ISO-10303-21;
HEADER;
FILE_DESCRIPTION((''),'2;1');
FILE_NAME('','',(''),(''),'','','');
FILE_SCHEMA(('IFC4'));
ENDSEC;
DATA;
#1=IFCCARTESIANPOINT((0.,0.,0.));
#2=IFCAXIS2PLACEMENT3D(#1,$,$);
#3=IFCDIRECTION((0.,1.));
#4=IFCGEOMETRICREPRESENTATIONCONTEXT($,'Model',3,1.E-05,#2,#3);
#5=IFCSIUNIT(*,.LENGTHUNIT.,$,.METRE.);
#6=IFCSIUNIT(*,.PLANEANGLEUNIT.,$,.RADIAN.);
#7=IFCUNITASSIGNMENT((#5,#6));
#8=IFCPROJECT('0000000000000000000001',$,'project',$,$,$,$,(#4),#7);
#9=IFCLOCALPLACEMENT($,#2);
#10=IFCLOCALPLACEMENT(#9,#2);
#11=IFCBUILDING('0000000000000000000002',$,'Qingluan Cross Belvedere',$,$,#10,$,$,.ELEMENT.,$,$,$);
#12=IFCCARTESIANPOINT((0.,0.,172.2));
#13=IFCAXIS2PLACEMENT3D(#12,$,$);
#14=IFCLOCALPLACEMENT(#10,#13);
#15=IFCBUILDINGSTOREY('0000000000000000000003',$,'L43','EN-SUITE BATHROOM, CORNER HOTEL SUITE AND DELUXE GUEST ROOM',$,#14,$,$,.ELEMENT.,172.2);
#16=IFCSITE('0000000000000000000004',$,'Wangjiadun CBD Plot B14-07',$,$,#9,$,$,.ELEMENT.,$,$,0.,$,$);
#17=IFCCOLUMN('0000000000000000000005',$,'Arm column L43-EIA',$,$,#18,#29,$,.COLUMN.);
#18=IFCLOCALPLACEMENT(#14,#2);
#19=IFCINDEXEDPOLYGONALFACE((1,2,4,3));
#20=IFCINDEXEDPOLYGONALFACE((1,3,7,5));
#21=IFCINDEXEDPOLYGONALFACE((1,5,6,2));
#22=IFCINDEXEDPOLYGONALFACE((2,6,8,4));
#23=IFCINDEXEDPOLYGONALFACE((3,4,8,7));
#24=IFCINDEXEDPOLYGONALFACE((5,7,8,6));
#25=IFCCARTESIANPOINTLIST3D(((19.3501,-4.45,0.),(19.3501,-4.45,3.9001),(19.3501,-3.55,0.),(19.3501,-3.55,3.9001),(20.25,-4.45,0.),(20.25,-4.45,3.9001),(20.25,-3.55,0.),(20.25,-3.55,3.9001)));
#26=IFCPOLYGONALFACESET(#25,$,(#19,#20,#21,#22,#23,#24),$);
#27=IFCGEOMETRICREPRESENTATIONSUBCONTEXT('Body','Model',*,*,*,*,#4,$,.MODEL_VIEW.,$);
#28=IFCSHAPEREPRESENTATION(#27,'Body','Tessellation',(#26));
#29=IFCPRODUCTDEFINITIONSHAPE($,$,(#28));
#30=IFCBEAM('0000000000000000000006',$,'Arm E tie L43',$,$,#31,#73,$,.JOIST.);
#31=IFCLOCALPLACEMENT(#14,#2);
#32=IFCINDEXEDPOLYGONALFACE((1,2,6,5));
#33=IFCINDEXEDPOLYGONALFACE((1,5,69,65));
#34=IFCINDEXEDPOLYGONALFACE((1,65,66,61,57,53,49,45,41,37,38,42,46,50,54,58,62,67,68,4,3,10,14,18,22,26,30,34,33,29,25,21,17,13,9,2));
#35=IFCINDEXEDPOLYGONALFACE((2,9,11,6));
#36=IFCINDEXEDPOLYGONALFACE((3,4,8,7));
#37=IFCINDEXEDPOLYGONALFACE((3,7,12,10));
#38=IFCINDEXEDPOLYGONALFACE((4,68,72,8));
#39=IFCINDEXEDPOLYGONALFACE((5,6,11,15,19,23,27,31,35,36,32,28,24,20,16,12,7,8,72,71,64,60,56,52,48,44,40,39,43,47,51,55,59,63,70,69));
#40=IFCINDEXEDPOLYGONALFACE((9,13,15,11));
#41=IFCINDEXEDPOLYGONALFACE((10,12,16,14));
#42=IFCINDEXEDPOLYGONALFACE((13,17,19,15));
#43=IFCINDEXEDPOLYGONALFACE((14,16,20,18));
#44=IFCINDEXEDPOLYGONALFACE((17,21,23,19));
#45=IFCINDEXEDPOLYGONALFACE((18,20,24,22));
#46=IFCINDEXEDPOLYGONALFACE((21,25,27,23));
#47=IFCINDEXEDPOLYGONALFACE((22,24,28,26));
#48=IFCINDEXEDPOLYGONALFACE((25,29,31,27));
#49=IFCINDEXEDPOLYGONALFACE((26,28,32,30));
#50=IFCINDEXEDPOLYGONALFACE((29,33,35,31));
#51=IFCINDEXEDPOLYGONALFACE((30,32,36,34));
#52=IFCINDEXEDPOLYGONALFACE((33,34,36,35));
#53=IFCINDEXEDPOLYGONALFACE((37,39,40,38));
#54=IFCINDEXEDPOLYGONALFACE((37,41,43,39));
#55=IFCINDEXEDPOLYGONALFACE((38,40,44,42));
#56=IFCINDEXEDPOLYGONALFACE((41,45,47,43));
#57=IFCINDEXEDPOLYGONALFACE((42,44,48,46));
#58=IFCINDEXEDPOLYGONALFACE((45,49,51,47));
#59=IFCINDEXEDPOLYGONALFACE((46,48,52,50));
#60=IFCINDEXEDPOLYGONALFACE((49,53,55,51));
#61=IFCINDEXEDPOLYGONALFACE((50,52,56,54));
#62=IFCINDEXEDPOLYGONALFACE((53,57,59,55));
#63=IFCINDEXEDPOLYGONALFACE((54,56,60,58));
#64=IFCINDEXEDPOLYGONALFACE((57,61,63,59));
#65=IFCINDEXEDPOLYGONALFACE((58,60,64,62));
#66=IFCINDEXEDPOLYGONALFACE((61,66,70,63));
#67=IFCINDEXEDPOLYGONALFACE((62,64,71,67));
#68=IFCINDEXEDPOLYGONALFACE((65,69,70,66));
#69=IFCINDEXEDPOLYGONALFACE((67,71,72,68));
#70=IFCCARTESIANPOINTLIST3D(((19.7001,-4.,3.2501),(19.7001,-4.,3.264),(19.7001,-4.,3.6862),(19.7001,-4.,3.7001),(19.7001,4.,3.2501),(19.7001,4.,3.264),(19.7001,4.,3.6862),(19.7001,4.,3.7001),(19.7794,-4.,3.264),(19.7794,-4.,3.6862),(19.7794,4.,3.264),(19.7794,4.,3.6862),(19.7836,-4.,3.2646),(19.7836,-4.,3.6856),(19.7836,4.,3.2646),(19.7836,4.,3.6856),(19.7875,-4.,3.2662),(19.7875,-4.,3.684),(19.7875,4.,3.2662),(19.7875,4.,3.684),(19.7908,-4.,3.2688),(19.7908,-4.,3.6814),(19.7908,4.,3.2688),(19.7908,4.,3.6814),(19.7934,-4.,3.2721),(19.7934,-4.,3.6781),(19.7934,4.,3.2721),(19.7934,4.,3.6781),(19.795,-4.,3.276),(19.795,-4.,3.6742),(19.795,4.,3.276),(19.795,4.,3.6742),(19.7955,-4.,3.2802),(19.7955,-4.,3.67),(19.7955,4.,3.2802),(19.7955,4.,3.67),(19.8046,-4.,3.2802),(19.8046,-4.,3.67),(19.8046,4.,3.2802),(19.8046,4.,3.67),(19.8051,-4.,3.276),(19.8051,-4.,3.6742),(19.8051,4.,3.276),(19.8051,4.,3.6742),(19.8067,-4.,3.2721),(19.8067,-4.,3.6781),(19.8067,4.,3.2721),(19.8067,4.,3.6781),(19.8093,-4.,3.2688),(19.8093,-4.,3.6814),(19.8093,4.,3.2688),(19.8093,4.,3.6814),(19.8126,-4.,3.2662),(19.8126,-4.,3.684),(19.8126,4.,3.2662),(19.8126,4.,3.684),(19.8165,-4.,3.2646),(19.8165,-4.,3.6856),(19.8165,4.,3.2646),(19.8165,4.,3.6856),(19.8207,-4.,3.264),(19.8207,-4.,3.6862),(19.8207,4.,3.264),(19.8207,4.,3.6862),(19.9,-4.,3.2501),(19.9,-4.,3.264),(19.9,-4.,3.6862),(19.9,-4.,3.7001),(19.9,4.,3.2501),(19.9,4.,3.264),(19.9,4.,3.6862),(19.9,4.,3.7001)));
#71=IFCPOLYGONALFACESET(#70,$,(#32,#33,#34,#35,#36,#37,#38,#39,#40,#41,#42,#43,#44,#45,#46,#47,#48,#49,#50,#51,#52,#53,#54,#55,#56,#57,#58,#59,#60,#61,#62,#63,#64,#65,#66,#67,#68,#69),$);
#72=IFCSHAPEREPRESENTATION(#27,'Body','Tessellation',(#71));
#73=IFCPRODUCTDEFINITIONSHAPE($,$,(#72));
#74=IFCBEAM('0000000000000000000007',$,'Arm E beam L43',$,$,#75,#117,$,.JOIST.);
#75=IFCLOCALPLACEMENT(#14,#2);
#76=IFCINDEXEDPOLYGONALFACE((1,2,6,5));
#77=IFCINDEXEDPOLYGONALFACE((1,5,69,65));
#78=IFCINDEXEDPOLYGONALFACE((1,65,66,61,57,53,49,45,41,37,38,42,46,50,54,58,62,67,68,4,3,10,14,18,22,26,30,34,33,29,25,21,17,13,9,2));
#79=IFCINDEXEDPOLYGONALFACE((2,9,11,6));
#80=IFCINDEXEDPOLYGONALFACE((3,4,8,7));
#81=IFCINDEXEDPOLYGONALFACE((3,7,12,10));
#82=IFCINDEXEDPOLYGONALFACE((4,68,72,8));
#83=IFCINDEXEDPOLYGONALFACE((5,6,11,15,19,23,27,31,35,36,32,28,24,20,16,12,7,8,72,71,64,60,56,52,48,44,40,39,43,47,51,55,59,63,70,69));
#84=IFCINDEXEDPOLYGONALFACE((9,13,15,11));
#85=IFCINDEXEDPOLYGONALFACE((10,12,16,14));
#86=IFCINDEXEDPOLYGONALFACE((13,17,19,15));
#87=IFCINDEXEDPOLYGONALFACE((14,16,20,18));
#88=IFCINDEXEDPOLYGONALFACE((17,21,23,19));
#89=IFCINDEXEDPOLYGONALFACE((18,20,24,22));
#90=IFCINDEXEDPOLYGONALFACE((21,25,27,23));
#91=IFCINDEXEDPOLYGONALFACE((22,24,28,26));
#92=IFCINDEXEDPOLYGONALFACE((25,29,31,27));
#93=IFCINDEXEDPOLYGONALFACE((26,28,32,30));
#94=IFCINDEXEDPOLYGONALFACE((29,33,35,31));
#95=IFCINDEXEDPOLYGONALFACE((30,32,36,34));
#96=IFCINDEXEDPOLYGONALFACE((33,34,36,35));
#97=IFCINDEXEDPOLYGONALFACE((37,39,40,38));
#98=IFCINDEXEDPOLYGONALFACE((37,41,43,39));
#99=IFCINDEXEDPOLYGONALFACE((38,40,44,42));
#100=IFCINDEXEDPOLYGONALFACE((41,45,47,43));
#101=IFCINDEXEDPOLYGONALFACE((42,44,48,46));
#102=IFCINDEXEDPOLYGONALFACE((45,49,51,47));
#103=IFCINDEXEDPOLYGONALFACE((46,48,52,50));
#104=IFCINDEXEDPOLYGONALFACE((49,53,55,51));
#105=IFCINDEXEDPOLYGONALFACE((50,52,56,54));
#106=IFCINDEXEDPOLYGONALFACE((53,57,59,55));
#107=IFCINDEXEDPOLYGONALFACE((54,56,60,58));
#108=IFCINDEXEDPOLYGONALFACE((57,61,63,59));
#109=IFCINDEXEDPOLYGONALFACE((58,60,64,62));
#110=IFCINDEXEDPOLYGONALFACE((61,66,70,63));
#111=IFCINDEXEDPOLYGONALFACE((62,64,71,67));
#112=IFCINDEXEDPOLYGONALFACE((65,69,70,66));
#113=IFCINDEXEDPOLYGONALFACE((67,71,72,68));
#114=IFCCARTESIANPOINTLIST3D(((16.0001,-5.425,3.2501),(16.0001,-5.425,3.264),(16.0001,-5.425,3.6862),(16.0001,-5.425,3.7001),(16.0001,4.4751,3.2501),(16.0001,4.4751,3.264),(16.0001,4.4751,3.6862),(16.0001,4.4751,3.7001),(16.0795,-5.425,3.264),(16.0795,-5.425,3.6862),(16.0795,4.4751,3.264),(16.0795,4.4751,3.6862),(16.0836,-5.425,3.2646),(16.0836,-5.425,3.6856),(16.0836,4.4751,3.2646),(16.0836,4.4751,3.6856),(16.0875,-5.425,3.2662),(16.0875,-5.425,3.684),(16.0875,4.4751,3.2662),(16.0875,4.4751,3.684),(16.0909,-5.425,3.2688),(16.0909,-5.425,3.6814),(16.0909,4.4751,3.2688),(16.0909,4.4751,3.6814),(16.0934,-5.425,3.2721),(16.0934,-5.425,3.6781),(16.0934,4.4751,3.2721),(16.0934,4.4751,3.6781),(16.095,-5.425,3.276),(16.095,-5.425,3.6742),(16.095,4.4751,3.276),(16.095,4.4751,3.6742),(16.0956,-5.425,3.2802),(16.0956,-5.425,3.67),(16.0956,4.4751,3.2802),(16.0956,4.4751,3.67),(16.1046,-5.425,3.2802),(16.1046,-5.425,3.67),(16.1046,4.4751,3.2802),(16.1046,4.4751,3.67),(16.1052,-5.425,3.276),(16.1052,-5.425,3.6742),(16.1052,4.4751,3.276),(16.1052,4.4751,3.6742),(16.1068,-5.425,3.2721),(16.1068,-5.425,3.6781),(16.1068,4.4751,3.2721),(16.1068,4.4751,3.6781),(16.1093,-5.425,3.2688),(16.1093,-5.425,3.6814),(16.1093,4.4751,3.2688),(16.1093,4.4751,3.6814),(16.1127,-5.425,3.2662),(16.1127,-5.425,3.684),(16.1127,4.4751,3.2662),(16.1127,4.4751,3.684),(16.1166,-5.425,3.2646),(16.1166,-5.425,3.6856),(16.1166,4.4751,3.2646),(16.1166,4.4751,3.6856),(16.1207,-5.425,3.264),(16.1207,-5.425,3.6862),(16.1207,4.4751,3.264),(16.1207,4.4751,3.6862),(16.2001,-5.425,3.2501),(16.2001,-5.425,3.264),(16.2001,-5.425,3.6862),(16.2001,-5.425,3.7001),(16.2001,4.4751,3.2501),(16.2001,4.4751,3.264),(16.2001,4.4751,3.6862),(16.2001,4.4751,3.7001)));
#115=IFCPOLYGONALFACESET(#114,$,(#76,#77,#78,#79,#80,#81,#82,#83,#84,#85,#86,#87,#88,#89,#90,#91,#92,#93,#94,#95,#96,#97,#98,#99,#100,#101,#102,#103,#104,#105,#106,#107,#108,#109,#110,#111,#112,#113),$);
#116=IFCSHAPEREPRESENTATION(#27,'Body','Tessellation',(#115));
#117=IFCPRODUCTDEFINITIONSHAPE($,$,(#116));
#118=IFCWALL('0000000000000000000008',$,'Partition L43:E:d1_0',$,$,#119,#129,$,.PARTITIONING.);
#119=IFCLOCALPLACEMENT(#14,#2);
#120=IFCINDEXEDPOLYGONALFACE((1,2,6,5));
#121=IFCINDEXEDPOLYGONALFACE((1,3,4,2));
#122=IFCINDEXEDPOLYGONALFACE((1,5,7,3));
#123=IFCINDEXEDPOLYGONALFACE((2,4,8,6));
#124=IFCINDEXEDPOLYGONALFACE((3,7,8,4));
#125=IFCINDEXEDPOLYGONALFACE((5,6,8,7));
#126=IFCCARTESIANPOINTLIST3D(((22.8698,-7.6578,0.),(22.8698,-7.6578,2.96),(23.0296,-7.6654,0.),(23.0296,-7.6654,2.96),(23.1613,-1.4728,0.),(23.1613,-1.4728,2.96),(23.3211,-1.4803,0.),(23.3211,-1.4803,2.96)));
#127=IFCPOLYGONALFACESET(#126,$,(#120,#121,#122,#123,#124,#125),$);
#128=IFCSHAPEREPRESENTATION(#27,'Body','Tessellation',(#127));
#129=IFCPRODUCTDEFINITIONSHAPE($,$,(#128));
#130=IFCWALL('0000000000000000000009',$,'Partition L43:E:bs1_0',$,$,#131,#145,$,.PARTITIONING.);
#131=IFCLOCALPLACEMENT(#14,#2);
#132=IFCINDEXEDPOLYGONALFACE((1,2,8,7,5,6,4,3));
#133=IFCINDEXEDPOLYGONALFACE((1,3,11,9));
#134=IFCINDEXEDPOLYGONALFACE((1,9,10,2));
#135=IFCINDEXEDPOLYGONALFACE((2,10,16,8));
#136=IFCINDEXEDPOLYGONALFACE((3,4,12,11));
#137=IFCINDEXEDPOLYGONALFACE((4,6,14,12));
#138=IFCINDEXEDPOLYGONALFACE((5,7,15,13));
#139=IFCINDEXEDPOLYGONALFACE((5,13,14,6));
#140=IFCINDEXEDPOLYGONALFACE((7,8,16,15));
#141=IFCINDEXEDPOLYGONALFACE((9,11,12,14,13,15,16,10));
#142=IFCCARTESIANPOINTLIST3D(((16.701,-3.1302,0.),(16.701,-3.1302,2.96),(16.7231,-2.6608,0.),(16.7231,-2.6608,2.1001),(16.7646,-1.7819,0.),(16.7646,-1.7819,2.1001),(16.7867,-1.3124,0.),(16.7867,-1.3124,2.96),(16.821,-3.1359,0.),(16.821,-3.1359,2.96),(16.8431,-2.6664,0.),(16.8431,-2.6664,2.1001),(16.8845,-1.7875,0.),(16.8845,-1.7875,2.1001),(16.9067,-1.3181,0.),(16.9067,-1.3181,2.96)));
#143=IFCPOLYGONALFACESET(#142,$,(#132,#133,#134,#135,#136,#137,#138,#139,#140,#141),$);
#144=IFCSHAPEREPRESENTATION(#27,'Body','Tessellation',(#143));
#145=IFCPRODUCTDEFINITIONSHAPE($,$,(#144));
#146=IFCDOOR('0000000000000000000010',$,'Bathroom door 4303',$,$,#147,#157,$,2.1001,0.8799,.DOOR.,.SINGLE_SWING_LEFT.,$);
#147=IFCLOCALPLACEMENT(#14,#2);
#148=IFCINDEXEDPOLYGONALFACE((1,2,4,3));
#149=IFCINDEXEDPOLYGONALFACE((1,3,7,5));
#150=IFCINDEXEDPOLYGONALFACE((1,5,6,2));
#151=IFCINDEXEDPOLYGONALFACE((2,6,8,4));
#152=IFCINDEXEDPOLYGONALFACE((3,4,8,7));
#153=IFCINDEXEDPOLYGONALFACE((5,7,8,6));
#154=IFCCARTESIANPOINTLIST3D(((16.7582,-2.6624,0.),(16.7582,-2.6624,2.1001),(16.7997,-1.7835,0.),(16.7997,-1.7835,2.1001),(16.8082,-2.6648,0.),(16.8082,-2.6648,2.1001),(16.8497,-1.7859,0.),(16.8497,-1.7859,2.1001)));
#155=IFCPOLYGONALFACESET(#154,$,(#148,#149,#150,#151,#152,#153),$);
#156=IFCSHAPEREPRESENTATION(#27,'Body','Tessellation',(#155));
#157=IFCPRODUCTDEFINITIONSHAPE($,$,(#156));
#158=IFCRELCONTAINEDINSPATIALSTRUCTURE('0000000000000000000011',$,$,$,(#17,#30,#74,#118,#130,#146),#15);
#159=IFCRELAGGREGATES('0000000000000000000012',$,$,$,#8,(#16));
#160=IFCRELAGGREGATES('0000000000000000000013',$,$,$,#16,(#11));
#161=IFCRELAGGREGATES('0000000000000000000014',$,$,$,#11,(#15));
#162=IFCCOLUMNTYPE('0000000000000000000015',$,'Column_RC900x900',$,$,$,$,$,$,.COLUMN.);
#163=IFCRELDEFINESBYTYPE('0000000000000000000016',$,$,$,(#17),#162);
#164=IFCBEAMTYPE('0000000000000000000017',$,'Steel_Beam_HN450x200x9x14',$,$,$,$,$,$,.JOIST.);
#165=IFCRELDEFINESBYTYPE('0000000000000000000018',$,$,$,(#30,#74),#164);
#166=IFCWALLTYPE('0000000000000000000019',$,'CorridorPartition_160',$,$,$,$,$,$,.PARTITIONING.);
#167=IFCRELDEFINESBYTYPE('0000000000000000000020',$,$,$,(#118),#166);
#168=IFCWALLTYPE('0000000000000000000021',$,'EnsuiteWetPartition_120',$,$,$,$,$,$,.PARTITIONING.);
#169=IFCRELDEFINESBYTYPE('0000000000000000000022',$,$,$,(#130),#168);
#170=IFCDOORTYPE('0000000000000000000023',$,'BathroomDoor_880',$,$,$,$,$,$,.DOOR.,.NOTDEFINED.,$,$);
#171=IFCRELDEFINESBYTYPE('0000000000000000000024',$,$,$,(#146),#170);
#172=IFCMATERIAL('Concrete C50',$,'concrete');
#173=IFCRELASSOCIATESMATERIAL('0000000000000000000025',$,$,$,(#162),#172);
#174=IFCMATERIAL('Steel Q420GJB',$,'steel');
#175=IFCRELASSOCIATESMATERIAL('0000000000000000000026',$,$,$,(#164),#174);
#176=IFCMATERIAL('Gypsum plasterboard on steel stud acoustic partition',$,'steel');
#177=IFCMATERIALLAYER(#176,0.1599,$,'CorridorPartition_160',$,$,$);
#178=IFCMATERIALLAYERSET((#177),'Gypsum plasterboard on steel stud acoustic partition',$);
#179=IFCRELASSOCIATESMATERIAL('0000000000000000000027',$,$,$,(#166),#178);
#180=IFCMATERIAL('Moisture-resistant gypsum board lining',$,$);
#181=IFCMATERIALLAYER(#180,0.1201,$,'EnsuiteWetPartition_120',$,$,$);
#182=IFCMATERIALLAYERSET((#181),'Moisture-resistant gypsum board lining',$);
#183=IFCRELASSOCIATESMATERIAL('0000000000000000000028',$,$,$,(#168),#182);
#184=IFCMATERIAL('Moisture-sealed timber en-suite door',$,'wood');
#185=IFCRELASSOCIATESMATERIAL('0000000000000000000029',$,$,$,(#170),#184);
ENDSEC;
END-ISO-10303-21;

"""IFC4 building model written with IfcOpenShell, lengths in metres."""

from ifc_helpers import new_model, si_unit, direction, frame, frame_2d, origin, origin_2d, place, context, subcontext, project, spatial, rectangle, i_section, extrude, material, layer, layer_set, material_profile, profile_set, type_object, element, fill, save


model = new_model("IFC4")

# Units and contexts
model_context = context("Model", 3, precision=1e-05, world=origin(), true_north=direction((0.0, 1.0)))
body_context = subcontext(model_context, "Body", "Model", "MODEL_VIEW")
ifc_project = project(units=[si_unit("LENGTHUNIT", "METRE"), si_unit("PLANEANGLEUNIT", "RADIAN")], contexts=[model_context])

# Site, building, storey
site_placement = place(None, origin())
site = spatial("IfcSite", under=ifc_project, at=site_placement, Name="Wangjiadun CBD Plot B14-07", CompositionType="ELEMENT", RefElevation=0.0)
building_placement = place(site_placement, origin())
building = spatial("IfcBuilding", under=site, at=building_placement, Name="Qingluan Cross Belvedere", CompositionType="ELEMENT")
storey_placement = place(building_placement, frame((0.0, 0.0, 172.2)))
storey = spatial("IfcBuildingStorey", under=building, at=storey_placement, Name="L43", Description="EN-SUITE BATHROOM, CORNER HOTEL SUITE AND DELUXE GUEST ROOM", CompositionType="ELEMENT", Elevation=172.2)

# Column
ifc_material_1 = material(Name="Concrete C50", Category="concrete")
ifc_material_profile_1 = material_profile(ifc_material_1, rectangle(XDim=0.8999, YDim=0.8999, at=origin_2d()), Name="RC900x900")
ifc_profile_set_1 = profile_set([ifc_material_profile_1], Name="Concrete C50")
column_type = type_object("IfcColumnType", Name="Column_RC900x900", PredefinedType="COLUMN", material=ifc_profile_set_1)
column_placement = place(storey_placement, frame((19.8, -4.0, 0.0), z_axis=(0.0, 0.0, 1.0), x_axis=(1.0, 0.0, 0.0)))
element("IfcColumn", 1, at=column_placement, inside=storey, type_object=column_type, Name="Arm column L43-EIA", PredefinedType="COLUMN", context=body_context, shape_type="SweptSolid", body=[
    extrude(rectangle(XDim=0.8999, YDim=0.8999, at=origin_2d()), origin(), (0.0, 0.0, 1.0), 3.9001),
])

# Beams
ifc_material_2 = material(Name="Steel Q420GJB", Category="steel")
ifc_material_profile_2 = material_profile(ifc_material_2, i_section(OverallWidth=0.2, OverallDepth=0.45, WebThickness=0.009, FlangeThickness=0.0139, FilletRadius=0.0161, at=origin_2d()), Name="HN450x200x9x14")
ifc_profile_set_2 = profile_set([ifc_material_profile_2], Name="Steel Q420GJB")
beam_type = type_object("IfcBeamType", Name="Steel_Beam_HN450x200x9x14", PredefinedType="JOIST", material=ifc_profile_set_2)
beam_1_placement = place(storey_placement, frame((19.8, -4.0, 3.4751), z_axis=(0.0, 1.0, 0.0), x_axis=(-1.0, 0.0, 0.0)))
element("IfcBeam", 2, at=beam_1_placement, inside=storey, type_object=beam_type, Name="Arm E tie L43", PredefinedType="JOIST", context=body_context, shape_type="SweptSolid", body=[
    extrude(i_section(OverallWidth=0.2, OverallDepth=0.45, WebThickness=0.009, FlangeThickness=0.0139, FilletRadius=0.0161, at=origin_2d()), origin(), (0.0, 0.0, 1.0), 8.0),
])
beam_2_placement = place(storey_placement, frame((16.1001, -5.425, 3.4751), z_axis=(0.0, 1.0, 0.0), x_axis=(-1.0, 0.0, 0.0)))
element("IfcBeam", 3, at=beam_2_placement, inside=storey, type_object=beam_type, Name="Arm E beam L43", PredefinedType="JOIST", context=body_context, shape_type="SweptSolid", body=[
    extrude(i_section(OverallWidth=0.2, OverallDepth=0.45, WebThickness=0.009, FlangeThickness=0.0139, FilletRadius=0.0161, at=origin_2d()), origin(), (0.0, 0.0, 1.0), 9.9001),
])

# Wall
ifc_material_3 = material(Name="Gypsum plasterboard on steel stud acoustic partition", Category="steel")
ifc_layer_1 = layer(ifc_material_3, 0.1599, Name="CorridorPartition_160")
ifc_layer_set_1 = layer_set([ifc_layer_1], Name="Gypsum plasterboard on steel stud acoustic partition")
wall_type_1 = type_object("IfcWallType", Name="CorridorPartition_160", PredefinedType="PARTITIONING", material=ifc_layer_set_1)
wall_1_placement = place(storey_placement, frame((23.2412, -1.4766, 0.0), z_axis=(0.0, 0.0, 1.0), x_axis=(-0.047078, -0.998891, 0.0)))
element("IfcWall", 4, at=wall_1_placement, inside=storey, type_object=wall_type_1, Name="Partition L43:E:d1_0", PredefinedType="PARTITIONING", context=body_context, shape_type="SweptSolid", body=[
    extrude(rectangle(XDim=6.1919, YDim=0.1599, at=frame_2d((3.0959, 0.0))), origin(), (0.0, 0.0, 1.0), 2.96),
])

# Wall, opening, door
ifc_material_4 = material(Name="Moisture-resistant gypsum board lining")
ifc_layer_2 = layer(ifc_material_4, 0.1201, Name="EnsuiteWetPartition_120")
ifc_layer_set_2 = layer_set([ifc_layer_2], Name="Moisture-resistant gypsum board lining")
wall_type_2 = type_object("IfcWallType", Name="EnsuiteWetPartition_120", PredefinedType="PARTITIONING", material=ifc_layer_set_2)
wall_2_placement = place(storey_placement, frame((16.761, -3.1331, 0.0), z_axis=(0.0, 0.0, 1.0), x_axis=(0.047087, 0.998891, 0.0)))
wall_2 = element("IfcWall", 5, at=wall_2_placement, inside=storey, type_object=wall_type_2, Name="Partition L43:E:bs1_0", PredefinedType="PARTITIONING", context=body_context, shape_type="SweptSolid", body=[
    extrude(rectangle(XDim=1.8198, YDim=0.1201, at=frame_2d((0.9099, 0.0))), origin(), (0.0, 0.0, 1.0), 2.96),
])
opening_1_placement = place(wall_2_placement, frame((0.47, 0.0, 0.0)))
opening_1 = element("IfcOpeningElement", 6, at=opening_1_placement, cuts=wall_2, PredefinedType="OPENING", context=body_context, shape_type="SweptSolid", body=[
    extrude(rectangle(XDim=0.8799, YDim=2.1001, at=frame_2d((0.4399, 1.05))), frame((0.0, 0.0701, 0.0), z_axis=(0.0, -1.0, 0.0), x_axis=(1.0, 0.0, 0.0)), (0.0, 0.0, 1.0), 0.1401),
])
ifc_material_5 = material(Name="Moisture-sealed timber en-suite door", Category="wood")
door_type = type_object("IfcDoorType", Name="BathroomDoor_880", OperationType="NOTDEFINED", PredefinedType="DOOR", material=ifc_material_5)
door_1_placement = place(opening_1_placement, origin())
door_1 = element("IfcDoor", 7, at=door_1_placement, inside=storey, type_object=door_type, Name="Bathroom door 4303", OperationType="SINGLE_SWING_LEFT", OverallHeight=2.1001, OverallWidth=0.8799, PredefinedType="DOOR", context=body_context, shape_type="SweptSolid", body=[
    extrude(rectangle(XDim=0.8799, YDim=2.1001, at=frame_2d((0.4399, 1.05))), frame((0.0, 0.0249, 0.0), z_axis=(0.0, -1.0, 0.0), x_axis=(1.0, 0.0, 0.0)), (0.0, 0.0, 1.0), 0.05),
])
fill(opening_1, door_1)

save(model, "model.ifc")
